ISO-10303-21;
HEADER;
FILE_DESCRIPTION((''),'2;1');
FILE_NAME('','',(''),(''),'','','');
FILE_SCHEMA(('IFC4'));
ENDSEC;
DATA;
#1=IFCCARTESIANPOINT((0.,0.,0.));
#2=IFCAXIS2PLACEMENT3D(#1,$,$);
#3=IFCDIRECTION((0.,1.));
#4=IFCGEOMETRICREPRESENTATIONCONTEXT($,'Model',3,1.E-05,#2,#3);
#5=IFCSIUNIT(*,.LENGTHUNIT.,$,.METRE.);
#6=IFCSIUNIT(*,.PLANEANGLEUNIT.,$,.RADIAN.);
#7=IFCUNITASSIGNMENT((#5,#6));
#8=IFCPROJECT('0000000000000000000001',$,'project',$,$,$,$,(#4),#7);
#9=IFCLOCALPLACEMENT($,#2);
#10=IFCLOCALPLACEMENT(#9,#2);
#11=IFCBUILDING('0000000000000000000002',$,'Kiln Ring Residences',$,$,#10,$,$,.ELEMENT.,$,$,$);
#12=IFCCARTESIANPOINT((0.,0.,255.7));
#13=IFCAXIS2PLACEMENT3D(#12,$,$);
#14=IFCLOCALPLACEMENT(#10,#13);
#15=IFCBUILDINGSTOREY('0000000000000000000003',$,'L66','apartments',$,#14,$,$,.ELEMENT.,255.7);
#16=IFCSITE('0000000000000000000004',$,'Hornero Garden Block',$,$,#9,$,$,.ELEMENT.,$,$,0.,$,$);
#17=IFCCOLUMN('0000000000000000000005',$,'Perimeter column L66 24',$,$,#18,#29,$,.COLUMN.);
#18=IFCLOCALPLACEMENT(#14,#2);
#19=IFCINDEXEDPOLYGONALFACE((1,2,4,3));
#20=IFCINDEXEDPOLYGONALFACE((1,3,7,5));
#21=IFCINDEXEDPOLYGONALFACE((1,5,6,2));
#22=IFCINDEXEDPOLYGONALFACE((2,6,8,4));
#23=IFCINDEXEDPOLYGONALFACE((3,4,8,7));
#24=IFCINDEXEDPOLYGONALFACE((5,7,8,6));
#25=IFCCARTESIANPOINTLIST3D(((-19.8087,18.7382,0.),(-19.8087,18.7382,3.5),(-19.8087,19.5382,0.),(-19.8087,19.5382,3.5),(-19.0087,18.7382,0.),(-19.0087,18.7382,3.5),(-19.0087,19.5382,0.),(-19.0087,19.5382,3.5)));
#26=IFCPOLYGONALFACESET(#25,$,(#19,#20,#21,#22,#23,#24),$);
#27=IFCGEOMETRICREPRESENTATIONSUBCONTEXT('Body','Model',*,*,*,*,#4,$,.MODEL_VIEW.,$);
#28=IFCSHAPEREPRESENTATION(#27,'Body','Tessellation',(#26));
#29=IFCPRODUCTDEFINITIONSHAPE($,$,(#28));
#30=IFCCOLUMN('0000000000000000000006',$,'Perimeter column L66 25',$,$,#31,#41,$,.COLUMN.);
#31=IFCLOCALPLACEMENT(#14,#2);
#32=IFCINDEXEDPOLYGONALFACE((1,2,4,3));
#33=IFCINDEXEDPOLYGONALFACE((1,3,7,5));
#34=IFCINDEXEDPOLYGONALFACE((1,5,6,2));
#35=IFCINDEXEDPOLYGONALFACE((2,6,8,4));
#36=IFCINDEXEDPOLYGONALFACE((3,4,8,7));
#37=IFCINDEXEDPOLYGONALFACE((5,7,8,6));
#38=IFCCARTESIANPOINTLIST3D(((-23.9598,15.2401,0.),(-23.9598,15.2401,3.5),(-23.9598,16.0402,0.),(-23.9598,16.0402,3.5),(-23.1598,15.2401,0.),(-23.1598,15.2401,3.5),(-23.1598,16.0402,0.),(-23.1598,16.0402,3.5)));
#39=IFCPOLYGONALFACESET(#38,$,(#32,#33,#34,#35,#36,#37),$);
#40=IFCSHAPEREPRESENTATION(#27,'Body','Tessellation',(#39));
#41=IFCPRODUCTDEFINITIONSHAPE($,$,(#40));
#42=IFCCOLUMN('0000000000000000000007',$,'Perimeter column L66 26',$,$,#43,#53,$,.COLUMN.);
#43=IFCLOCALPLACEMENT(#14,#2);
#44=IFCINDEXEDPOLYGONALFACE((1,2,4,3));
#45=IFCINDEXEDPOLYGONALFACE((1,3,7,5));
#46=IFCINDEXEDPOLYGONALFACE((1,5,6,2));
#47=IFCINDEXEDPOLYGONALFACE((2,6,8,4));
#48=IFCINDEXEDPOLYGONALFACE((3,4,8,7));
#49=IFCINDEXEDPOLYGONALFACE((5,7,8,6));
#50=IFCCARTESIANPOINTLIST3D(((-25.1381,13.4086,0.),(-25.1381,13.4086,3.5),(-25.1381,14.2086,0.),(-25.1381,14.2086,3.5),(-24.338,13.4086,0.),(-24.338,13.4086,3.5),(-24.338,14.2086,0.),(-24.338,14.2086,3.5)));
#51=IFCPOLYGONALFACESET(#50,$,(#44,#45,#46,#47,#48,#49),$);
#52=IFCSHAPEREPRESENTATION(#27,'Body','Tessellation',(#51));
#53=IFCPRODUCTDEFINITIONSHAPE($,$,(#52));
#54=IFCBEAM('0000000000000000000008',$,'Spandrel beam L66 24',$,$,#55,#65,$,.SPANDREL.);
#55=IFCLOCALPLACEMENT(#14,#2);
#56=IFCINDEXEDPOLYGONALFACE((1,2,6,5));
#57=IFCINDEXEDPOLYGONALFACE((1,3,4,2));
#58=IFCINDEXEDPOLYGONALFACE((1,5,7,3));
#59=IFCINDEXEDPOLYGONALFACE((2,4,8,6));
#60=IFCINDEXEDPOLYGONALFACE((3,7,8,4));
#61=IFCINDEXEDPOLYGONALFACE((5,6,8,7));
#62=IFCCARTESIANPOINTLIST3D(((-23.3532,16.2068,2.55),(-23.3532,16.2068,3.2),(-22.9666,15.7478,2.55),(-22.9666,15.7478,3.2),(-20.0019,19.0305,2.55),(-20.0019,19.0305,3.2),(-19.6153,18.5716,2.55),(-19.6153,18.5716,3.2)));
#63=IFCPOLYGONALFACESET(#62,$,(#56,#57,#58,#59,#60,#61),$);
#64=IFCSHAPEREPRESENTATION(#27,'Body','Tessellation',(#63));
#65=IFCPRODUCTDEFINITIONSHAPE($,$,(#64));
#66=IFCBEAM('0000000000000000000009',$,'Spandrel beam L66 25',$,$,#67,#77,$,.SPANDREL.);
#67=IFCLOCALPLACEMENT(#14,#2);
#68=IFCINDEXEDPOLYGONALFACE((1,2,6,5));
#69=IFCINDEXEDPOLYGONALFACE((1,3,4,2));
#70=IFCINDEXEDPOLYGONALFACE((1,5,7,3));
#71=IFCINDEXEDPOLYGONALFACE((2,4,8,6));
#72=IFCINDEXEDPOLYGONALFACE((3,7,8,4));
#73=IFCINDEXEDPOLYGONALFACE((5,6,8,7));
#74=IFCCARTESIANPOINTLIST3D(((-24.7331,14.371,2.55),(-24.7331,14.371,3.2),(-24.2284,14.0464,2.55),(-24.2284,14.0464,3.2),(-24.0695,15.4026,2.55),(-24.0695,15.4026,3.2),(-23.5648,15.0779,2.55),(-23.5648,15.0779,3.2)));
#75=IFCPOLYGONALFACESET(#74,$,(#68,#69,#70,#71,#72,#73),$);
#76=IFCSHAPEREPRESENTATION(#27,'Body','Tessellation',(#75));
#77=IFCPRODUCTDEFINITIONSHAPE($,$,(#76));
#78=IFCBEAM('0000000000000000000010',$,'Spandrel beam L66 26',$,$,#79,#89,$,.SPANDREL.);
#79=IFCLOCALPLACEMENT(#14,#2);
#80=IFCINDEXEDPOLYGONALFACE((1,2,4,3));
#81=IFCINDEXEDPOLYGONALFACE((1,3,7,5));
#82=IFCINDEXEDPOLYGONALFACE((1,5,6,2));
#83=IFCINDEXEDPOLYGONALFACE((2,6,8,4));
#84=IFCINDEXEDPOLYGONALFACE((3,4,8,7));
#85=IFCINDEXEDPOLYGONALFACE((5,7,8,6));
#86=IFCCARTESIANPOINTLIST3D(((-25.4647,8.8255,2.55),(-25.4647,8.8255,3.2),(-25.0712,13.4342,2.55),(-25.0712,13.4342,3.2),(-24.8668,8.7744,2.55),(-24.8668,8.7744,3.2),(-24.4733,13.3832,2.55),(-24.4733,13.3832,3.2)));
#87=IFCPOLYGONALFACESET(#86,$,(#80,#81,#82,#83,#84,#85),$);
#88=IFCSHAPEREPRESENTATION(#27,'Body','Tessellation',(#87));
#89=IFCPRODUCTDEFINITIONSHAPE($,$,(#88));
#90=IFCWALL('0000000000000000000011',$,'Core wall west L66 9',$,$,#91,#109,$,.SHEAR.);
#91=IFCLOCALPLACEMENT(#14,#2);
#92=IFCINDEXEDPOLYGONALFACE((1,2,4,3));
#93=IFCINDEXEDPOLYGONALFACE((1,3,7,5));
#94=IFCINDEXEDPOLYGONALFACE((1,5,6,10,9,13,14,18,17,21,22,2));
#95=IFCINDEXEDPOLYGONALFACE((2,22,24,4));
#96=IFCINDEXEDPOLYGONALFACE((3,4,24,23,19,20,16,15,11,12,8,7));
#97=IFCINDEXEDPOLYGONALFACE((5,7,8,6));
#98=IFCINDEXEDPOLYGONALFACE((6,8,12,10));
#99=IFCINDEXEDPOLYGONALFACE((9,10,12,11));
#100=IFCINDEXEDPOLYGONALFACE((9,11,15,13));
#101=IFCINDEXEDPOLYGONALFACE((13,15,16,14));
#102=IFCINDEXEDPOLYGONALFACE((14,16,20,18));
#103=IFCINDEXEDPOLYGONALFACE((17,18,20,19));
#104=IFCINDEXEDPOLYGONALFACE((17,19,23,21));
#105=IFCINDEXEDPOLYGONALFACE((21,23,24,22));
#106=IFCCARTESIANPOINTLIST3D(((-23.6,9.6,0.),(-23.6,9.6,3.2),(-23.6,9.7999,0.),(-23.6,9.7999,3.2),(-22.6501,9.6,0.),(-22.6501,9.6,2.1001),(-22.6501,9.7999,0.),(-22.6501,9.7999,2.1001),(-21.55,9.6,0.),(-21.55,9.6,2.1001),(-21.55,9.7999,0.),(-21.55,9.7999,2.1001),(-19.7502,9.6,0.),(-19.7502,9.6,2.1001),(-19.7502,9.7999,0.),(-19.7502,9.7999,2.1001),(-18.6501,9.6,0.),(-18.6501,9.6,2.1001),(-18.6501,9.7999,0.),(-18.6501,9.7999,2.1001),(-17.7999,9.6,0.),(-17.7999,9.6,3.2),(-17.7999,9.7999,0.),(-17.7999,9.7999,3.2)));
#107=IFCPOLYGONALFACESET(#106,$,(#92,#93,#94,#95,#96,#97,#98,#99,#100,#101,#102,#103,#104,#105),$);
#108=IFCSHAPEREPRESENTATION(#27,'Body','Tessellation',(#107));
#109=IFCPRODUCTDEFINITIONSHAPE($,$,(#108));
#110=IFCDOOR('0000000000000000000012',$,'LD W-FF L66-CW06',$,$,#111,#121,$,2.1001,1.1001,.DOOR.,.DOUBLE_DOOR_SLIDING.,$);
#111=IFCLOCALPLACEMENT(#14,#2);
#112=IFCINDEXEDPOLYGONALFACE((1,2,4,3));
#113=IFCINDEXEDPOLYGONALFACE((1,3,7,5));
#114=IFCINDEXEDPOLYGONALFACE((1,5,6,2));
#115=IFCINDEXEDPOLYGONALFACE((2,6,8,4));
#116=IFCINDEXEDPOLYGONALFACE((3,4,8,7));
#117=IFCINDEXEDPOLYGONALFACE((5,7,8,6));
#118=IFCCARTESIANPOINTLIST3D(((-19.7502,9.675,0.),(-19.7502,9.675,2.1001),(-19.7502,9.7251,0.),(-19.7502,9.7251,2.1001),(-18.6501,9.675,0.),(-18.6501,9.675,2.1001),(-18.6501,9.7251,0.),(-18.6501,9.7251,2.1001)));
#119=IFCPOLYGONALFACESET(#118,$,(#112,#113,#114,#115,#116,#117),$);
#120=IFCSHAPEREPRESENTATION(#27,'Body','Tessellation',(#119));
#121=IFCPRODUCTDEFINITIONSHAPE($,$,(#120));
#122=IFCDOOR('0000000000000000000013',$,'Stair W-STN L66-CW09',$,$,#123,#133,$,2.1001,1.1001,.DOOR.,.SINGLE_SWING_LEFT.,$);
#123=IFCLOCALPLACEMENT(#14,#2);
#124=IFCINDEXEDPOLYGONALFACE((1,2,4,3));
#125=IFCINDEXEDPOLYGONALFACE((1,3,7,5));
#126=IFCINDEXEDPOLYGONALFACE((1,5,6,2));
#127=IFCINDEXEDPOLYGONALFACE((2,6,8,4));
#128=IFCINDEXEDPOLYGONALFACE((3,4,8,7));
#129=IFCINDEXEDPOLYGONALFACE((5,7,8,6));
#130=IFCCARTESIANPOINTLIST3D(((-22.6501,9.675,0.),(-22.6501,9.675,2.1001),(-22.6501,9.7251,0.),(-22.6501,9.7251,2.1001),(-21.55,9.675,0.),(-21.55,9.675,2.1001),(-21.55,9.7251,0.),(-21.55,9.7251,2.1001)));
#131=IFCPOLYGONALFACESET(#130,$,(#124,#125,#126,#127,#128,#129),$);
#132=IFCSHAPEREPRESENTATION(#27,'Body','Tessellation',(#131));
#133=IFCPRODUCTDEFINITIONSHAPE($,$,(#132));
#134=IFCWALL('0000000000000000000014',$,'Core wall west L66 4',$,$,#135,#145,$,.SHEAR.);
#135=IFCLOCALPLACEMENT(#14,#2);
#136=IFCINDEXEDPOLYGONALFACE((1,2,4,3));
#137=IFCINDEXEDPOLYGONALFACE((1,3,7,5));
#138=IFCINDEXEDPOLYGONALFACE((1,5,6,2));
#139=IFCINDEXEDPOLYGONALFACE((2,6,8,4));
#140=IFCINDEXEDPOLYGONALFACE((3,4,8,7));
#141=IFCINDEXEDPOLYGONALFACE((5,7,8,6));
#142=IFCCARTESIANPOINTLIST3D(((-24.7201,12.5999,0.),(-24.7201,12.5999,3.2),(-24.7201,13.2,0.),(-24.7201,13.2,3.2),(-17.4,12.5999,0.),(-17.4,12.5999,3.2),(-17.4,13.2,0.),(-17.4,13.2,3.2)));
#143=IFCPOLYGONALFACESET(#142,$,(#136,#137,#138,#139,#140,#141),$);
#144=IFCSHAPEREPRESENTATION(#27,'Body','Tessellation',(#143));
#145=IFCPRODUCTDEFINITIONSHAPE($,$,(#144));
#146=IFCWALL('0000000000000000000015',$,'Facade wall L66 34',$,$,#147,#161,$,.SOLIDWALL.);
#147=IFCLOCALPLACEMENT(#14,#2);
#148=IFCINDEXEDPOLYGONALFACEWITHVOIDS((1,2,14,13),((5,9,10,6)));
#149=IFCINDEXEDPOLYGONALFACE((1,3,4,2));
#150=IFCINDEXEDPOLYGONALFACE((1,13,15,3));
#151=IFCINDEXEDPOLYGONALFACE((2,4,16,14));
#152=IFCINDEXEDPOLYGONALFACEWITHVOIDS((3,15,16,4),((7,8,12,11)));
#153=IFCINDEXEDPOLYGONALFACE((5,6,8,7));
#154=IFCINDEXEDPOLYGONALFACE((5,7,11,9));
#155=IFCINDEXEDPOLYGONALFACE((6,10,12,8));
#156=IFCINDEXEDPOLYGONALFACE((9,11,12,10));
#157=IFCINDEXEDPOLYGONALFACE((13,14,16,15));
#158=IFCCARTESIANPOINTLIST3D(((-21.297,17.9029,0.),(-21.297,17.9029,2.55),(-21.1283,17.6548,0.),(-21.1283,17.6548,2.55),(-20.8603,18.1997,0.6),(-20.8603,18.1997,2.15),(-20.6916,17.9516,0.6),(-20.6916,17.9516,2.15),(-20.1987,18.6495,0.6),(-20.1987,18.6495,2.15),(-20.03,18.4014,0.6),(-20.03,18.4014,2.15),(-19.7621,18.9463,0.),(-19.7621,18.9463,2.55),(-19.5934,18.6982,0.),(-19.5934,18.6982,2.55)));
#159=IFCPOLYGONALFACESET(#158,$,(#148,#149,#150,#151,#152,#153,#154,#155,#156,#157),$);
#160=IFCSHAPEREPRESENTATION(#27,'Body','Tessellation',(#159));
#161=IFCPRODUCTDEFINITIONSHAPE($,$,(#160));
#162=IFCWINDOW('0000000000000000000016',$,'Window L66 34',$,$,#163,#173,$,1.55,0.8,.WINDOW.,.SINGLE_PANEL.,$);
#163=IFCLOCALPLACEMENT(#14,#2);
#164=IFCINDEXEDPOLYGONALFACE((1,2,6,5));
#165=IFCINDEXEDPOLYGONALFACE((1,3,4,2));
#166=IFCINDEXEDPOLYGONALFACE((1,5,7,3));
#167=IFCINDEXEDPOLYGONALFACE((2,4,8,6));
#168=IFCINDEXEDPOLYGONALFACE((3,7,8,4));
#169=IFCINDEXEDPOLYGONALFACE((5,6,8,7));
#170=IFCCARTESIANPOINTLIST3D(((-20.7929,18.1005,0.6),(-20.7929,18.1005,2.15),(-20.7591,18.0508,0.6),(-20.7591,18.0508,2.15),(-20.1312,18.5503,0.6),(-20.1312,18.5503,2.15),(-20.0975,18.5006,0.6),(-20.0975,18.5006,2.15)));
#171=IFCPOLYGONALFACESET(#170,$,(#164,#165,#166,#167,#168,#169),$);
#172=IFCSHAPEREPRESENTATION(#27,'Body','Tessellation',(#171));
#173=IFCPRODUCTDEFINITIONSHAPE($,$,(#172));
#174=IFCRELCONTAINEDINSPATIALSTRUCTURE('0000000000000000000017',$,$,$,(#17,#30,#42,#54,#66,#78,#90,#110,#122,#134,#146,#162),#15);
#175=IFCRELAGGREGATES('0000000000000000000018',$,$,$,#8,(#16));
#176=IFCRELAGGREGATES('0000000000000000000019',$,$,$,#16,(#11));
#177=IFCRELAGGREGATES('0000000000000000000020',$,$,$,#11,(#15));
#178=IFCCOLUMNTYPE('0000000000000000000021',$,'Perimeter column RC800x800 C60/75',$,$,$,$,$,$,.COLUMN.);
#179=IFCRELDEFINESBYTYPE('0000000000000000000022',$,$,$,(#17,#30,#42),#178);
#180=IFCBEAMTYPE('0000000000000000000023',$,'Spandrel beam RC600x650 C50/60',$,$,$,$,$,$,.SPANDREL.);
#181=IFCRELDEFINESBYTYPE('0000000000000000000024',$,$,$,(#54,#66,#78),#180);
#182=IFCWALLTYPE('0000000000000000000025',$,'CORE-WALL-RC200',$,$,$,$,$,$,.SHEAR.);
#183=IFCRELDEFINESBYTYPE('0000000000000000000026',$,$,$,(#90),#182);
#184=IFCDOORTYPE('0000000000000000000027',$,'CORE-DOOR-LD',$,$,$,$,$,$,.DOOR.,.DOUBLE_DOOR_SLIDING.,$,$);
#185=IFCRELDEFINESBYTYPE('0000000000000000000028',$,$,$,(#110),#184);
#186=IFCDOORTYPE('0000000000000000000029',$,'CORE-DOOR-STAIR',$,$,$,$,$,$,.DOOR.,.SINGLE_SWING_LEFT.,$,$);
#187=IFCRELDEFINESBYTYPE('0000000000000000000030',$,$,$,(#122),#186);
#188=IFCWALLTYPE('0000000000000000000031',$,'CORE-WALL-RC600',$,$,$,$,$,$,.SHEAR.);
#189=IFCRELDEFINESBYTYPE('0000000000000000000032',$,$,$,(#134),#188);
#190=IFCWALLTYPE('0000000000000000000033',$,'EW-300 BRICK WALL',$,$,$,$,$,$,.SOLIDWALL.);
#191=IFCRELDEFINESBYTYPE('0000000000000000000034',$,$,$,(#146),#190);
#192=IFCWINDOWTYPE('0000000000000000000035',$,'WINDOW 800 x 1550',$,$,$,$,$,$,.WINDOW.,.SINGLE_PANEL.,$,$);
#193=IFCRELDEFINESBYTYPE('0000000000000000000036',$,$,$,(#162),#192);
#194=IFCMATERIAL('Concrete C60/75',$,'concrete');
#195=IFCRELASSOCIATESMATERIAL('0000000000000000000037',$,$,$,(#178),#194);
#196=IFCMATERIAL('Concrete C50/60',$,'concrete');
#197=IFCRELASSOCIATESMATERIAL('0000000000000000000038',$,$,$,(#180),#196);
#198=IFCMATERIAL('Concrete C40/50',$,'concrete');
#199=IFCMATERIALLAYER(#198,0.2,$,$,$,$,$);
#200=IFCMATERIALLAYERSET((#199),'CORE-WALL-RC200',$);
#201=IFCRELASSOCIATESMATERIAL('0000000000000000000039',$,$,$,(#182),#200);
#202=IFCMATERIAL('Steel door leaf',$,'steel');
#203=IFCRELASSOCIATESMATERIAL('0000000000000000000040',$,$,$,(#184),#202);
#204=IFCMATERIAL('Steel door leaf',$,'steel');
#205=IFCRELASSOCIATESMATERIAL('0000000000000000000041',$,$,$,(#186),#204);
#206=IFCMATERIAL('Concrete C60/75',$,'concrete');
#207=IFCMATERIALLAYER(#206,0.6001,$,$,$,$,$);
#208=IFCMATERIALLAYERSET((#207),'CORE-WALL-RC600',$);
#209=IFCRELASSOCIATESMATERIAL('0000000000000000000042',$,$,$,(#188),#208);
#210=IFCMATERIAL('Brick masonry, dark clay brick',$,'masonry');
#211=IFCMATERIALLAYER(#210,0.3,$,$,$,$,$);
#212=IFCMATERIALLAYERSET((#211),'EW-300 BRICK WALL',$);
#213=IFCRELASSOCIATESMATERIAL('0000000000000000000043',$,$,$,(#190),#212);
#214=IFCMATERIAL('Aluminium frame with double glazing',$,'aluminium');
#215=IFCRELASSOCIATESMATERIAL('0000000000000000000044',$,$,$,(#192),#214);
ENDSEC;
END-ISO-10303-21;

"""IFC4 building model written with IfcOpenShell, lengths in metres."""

from ifc_helpers import new_model, si_unit, direction, frame, frame_2d, origin, origin_2d, place, context, subcontext, project, spatial, rectangle, extrude, material, layer, layer_set, material_profile, profile_set, type_object, element, fill, save


model = new_model("IFC4")

# Units and contexts
model_context = context("Model", 3, precision=1e-05, world=origin(), true_north=direction((0.0, 1.0)))
body_context = subcontext(model_context, "Body", "Model", "MODEL_VIEW")
ifc_project = project(units=[si_unit("LENGTHUNIT", "METRE"), si_unit("PLANEANGLEUNIT", "RADIAN")], contexts=[model_context])

# Site, building, storey
site_placement = place(None, origin())
site = spatial("IfcSite", under=ifc_project, at=site_placement, Name="Hornero Garden Block", CompositionType="ELEMENT", RefElevation=0.0)
building_placement = place(site_placement, origin())
building = spatial("IfcBuilding", under=site, at=building_placement, Name="Kiln Ring Residences", CompositionType="ELEMENT")
storey_placement = place(building_placement, frame((0.0, 0.0, 255.7)))
storey = spatial("IfcBuildingStorey", under=building, at=storey_placement, Name="L66", Description="apartments", CompositionType="ELEMENT", Elevation=255.7)

# Columns
ifc_material_1 = material(Name="Concrete C60/75", Category="concrete")
ifc_material_profile_1 = material_profile(ifc_material_1, rectangle(XDim=0.8, YDim=0.8, at=origin_2d()), Name="RC800x800")
ifc_profile_set_1 = profile_set([ifc_material_profile_1], Name="Concrete C60/75")
column_type = type_object("IfcColumnType", Name="Perimeter column RC800x800 C60/75", PredefinedType="COLUMN", material=ifc_profile_set_1)
for number, where, z_axis, x_axis, name in (
    (1, (-19.4087, 19.1382, 0.0), (0.0, 0.0, 1.0), (1.0, 0.0, 0.0), "Perimeter column L66 24"),
    (2, (-23.5598, 15.6401, 0.0), (0.0, 0.0, 1.0), (1.0, 0.0, 0.0), "Perimeter column L66 25"),
    (3, (-24.738, 13.8086, 0.0), (0.0, 0.0, 1.0), (1.0, 0.0, 0.0), "Perimeter column L66 26"),
):
    element("IfcColumn", number, at=place(storey_placement, frame(where, z_axis=z_axis, x_axis=x_axis)), inside=storey, type_object=column_type, Name=name, PredefinedType="COLUMN", context=body_context, shape_type="SweptSolid", body=[
        extrude(rectangle(XDim=0.8, YDim=0.8, at=origin_2d()), origin(), (0.0, 0.0, 1.0), 3.5),
    ])

# Beams
ifc_material_2 = material(Name="Concrete C50/60", Category="concrete")
ifc_material_profile_2 = material_profile(ifc_material_2, rectangle(XDim=0.6001, YDim=0.6499, at=origin_2d()), Name="RC600x650")
ifc_profile_set_2 = profile_set([ifc_material_profile_2], Name="Concrete C50/60")
beam_type = type_object("IfcBeamType", Name="Spandrel beam RC600x650 C50/60", PredefinedType="SPANDREL", material=ifc_profile_set_2)
beam_1_placement = place(storey_placement, frame((-19.8086, 18.801, 2.875), z_axis=(-0.764735, -0.644345, 0.0), x_axis=(0.644345, -0.764735, 0.0)))
element("IfcBeam", 4, at=beam_1_placement, inside=storey, type_object=beam_type, Name="Spandrel beam L66 24", PredefinedType="SPANDREL", context=body_context, shape_type="SweptSolid", body=[
    extrude(rectangle(XDim=0.6001, YDim=0.6499, at=origin_2d()), origin(), (0.0, 0.0, 1.0), 4.3823),
])
beam_2_placement = place(storey_placement, frame((-23.8171, 15.2402, 2.875), z_axis=(-0.541029, -0.841004, 0.0), x_axis=(0.841004, -0.541029, 0.0)))
element("IfcBeam", 5, at=beam_2_placement, inside=storey, type_object=beam_type, Name="Spandrel beam L66 25", PredefinedType="SPANDREL", context=body_context, shape_type="SweptSolid", body=[
    extrude(rectangle(XDim=0.6001, YDim=0.6499, at=origin_2d()), origin(), (0.0, 0.0, 1.0), 1.2266),
])
beam_3_placement = place(storey_placement, frame((-24.7722, 13.4087, 2.875), z_axis=(-0.085085, -0.996374, 0.0), x_axis=(0.996374, -0.085085, 0.0)))
element("IfcBeam", 6, at=beam_3_placement, inside=storey, type_object=beam_type, Name="Spandrel beam L66 26", PredefinedType="SPANDREL", context=body_context, shape_type="SweptSolid", body=[
    extrude(rectangle(XDim=0.6001, YDim=0.6499, at=origin_2d()), origin(), (0.0, 0.0, 1.0), 4.6255),
])

# Wall, openings, doors
ifc_material_3 = material(Name="Concrete C40/50", Category="concrete")
ifc_layer_1 = layer(ifc_material_3, 0.2)
ifc_layer_set_1 = layer_set([ifc_layer_1], Name="CORE-WALL-RC200")
wall_type_1 = type_object("IfcWallType", Name="CORE-WALL-RC200", PredefinedType="SHEAR", material=ifc_layer_set_1)
wall_1_placement = place(storey_placement, frame((-17.8, 9.7, 0.0), z_axis=(0.0, 0.0, 1.0), x_axis=(-1.0, 0.0, 0.0)))
wall_1 = element("IfcWall", 7, at=wall_1_placement, inside=storey, type_object=wall_type_1, Name="Core wall west L66 9", PredefinedType="SHEAR", context=body_context, shape_type="SweptSolid", body=[
    extrude(rectangle(XDim=5.8, YDim=0.2, at=frame_2d((2.8999, 0.0))), origin(), (0.0, 0.0, 1.0), 3.2),
])
opening_1_placement = place(wall_1_placement, frame((0.8501, 0.0, 0.0)))
opening_1 = element("IfcOpeningElement", 8, at=opening_1_placement, cuts=wall_1, PredefinedType="OPENING", context=body_context, shape_type="SweptSolid", body=[
    extrude(rectangle(XDim=1.1001, YDim=2.1001, at=frame_2d((0.55, 1.05))), frame((0.0, 0.1099, 0.0), z_axis=(0.0, -1.0, 0.0), x_axis=(1.0, 0.0, 0.0)), (0.0, 0.0, 1.0), 0.22),
])
opening_2_placement = place(wall_1_placement, frame((3.75, 0.0, 0.0)))
opening_2 = element("IfcOpeningElement", 9, at=opening_2_placement, cuts=wall_1, PredefinedType="OPENING", context=body_context, shape_type="SweptSolid", body=[
    extrude(rectangle(XDim=1.1001, YDim=2.1001, at=frame_2d((0.55, 1.05))), frame((0.0, 0.1099, 0.0), z_axis=(0.0, -1.0, 0.0), x_axis=(1.0, 0.0, 0.0)), (0.0, 0.0, 1.0), 0.22),
])
ifc_material_4 = material(Name="Steel door leaf", Category="steel")
door_type_1 = type_object("IfcDoorType", Name="CORE-DOOR-LD", OperationType="DOUBLE_DOOR_SLIDING", PredefinedType="DOOR", material=ifc_material_4)
door_1_placement = place(opening_1_placement, origin())
door_1 = element("IfcDoor", 10, at=door_1_placement, inside=storey, type_object=door_type_1, Name="LD W-FF L66-CW06", OperationType="DOUBLE_DOOR_SLIDING", OverallHeight=2.1001, OverallWidth=1.1001, PredefinedType="DOOR", context=body_context, shape_type="SweptSolid", body=[
    extrude(rectangle(XDim=1.1001, YDim=2.1001, at=frame_2d((0.55, 1.05))), frame((0.0, 0.0249, 0.0), z_axis=(0.0, -1.0, 0.0), x_axis=(1.0, 0.0, 0.0)), (0.0, 0.0, 1.0), 0.05),
])
fill(opening_1, door_1)
ifc_material_5 = material(Name="Steel door leaf", Category="steel")
door_type_2 = type_object("IfcDoorType", Name="CORE-DOOR-STAIR", OperationType="SINGLE_SWING_LEFT", PredefinedType="DOOR", material=ifc_material_5)
door_2_placement = place(opening_2_placement, origin())
door_2 = element("IfcDoor", 11, at=door_2_placement, inside=storey, type_object=door_type_2, Name="Stair W-STN L66-CW09", OperationType="SINGLE_SWING_LEFT", OverallHeight=2.1001, OverallWidth=1.1001, PredefinedType="DOOR", context=body_context, shape_type="SweptSolid", body=[
    extrude(rectangle(XDim=1.1001, YDim=2.1001, at=frame_2d((0.55, 1.05))), frame((0.0, 0.0249, 0.0), z_axis=(0.0, -1.0, 0.0), x_axis=(1.0, 0.0, 0.0)), (0.0, 0.0, 1.0), 0.05),
])
fill(opening_2, door_2)

# Wall
ifc_material_6 = material(Name="Concrete C60/75", Category="concrete")
ifc_layer_2 = layer(ifc_material_6, 0.6001)
ifc_layer_set_2 = layer_set([ifc_layer_2], Name="CORE-WALL-RC600")
wall_type_2 = type_object("IfcWallType", Name="CORE-WALL-RC600", PredefinedType="SHEAR", material=ifc_layer_set_2)
wall_2_placement = place(storey_placement, frame((-17.3999, 12.8999, 0.0), z_axis=(0.0, 0.0, 1.0), x_axis=(-1.0, 0.0, 0.0)))
element("IfcWall", 12, at=wall_2_placement, inside=storey, type_object=wall_type_2, Name="Core wall west L66 4", PredefinedType="SHEAR", context=body_context, shape_type="SweptSolid", body=[
    extrude(rectangle(XDim=7.3201, YDim=0.6001, at=frame_2d((3.6602, 0.0))), origin(), (0.0, 0.0, 1.0), 3.2),
])

# Wall, opening, window
ifc_material_7 = material(Name="Brick masonry, dark clay brick", Category="masonry")
ifc_layer_3 = layer(ifc_material_7, 0.3)
ifc_layer_set_3 = layer_set([ifc_layer_3], Name="EW-300 BRICK WALL")
wall_type_3 = type_object("IfcWallType", Name="EW-300 BRICK WALL", PredefinedType="SOLIDWALL", material=ifc_layer_set_3)
wall_3_placement = place(storey_placement, frame((-19.6777, 18.8223, 0.0), z_axis=(0.0, 0.0, 1.0), x_axis=(-0.826997, -0.562206, 0.0)))
wall_3 = element("IfcWall", 13, at=wall_3_placement, inside=storey, type_object=wall_type_3, Name="Facade wall L66 34", PredefinedType="SOLIDWALL", context=body_context, shape_type="SweptSolid", body=[
    extrude(rectangle(XDim=1.856, YDim=0.3, at=frame_2d((0.928, 0.0))), origin(), (0.0, 0.0, 1.0), 2.55),
])
opening_3_placement = place(wall_3_placement, frame((0.5281, 0.0, 0.6001)))
opening_3 = element("IfcOpeningElement", 14, at=opening_3_placement, cuts=wall_3, PredefinedType="OPENING", context=body_context, shape_type="SweptSolid", body=[
    extrude(rectangle(XDim=0.8, YDim=1.55, at=frame_2d((0.3999, 0.7749))), frame((0.0, 0.1599, 0.0), z_axis=(0.0, -1.0, 0.0), x_axis=(1.0, 0.0, 0.0)), (0.0, 0.0, 1.0), 0.3201),
])
ifc_material_8 = material(Name="Aluminium frame with double glazing", Category="aluminium")
window_type_1 = type_object("IfcWindowType", Name="WINDOW 800 x 1550", PartitioningType="SINGLE_PANEL", PredefinedType="WINDOW", material=ifc_material_8)
window_1_placement = place(opening_3_placement, origin())
window_1 = element("IfcWindow", 15, at=window_1_placement, inside=storey, type_object=window_type_1, Name="Window L66 34", OverallHeight=1.55, OverallWidth=0.8, PartitioningType="SINGLE_PANEL", PredefinedType="WINDOW", context=body_context, shape_type="SweptSolid", body=[
    extrude(rectangle(XDim=0.8, YDim=1.55, at=frame_2d((0.3999, 0.7749))), frame((0.0, 0.03, 0.0), z_axis=(0.0, -1.0, 0.0), x_axis=(1.0, 0.0, 0.0)), (0.0, 0.0, 1.0), 0.0601),
])
fill(opening_3, window_1)

save(model, "model.ifc")
